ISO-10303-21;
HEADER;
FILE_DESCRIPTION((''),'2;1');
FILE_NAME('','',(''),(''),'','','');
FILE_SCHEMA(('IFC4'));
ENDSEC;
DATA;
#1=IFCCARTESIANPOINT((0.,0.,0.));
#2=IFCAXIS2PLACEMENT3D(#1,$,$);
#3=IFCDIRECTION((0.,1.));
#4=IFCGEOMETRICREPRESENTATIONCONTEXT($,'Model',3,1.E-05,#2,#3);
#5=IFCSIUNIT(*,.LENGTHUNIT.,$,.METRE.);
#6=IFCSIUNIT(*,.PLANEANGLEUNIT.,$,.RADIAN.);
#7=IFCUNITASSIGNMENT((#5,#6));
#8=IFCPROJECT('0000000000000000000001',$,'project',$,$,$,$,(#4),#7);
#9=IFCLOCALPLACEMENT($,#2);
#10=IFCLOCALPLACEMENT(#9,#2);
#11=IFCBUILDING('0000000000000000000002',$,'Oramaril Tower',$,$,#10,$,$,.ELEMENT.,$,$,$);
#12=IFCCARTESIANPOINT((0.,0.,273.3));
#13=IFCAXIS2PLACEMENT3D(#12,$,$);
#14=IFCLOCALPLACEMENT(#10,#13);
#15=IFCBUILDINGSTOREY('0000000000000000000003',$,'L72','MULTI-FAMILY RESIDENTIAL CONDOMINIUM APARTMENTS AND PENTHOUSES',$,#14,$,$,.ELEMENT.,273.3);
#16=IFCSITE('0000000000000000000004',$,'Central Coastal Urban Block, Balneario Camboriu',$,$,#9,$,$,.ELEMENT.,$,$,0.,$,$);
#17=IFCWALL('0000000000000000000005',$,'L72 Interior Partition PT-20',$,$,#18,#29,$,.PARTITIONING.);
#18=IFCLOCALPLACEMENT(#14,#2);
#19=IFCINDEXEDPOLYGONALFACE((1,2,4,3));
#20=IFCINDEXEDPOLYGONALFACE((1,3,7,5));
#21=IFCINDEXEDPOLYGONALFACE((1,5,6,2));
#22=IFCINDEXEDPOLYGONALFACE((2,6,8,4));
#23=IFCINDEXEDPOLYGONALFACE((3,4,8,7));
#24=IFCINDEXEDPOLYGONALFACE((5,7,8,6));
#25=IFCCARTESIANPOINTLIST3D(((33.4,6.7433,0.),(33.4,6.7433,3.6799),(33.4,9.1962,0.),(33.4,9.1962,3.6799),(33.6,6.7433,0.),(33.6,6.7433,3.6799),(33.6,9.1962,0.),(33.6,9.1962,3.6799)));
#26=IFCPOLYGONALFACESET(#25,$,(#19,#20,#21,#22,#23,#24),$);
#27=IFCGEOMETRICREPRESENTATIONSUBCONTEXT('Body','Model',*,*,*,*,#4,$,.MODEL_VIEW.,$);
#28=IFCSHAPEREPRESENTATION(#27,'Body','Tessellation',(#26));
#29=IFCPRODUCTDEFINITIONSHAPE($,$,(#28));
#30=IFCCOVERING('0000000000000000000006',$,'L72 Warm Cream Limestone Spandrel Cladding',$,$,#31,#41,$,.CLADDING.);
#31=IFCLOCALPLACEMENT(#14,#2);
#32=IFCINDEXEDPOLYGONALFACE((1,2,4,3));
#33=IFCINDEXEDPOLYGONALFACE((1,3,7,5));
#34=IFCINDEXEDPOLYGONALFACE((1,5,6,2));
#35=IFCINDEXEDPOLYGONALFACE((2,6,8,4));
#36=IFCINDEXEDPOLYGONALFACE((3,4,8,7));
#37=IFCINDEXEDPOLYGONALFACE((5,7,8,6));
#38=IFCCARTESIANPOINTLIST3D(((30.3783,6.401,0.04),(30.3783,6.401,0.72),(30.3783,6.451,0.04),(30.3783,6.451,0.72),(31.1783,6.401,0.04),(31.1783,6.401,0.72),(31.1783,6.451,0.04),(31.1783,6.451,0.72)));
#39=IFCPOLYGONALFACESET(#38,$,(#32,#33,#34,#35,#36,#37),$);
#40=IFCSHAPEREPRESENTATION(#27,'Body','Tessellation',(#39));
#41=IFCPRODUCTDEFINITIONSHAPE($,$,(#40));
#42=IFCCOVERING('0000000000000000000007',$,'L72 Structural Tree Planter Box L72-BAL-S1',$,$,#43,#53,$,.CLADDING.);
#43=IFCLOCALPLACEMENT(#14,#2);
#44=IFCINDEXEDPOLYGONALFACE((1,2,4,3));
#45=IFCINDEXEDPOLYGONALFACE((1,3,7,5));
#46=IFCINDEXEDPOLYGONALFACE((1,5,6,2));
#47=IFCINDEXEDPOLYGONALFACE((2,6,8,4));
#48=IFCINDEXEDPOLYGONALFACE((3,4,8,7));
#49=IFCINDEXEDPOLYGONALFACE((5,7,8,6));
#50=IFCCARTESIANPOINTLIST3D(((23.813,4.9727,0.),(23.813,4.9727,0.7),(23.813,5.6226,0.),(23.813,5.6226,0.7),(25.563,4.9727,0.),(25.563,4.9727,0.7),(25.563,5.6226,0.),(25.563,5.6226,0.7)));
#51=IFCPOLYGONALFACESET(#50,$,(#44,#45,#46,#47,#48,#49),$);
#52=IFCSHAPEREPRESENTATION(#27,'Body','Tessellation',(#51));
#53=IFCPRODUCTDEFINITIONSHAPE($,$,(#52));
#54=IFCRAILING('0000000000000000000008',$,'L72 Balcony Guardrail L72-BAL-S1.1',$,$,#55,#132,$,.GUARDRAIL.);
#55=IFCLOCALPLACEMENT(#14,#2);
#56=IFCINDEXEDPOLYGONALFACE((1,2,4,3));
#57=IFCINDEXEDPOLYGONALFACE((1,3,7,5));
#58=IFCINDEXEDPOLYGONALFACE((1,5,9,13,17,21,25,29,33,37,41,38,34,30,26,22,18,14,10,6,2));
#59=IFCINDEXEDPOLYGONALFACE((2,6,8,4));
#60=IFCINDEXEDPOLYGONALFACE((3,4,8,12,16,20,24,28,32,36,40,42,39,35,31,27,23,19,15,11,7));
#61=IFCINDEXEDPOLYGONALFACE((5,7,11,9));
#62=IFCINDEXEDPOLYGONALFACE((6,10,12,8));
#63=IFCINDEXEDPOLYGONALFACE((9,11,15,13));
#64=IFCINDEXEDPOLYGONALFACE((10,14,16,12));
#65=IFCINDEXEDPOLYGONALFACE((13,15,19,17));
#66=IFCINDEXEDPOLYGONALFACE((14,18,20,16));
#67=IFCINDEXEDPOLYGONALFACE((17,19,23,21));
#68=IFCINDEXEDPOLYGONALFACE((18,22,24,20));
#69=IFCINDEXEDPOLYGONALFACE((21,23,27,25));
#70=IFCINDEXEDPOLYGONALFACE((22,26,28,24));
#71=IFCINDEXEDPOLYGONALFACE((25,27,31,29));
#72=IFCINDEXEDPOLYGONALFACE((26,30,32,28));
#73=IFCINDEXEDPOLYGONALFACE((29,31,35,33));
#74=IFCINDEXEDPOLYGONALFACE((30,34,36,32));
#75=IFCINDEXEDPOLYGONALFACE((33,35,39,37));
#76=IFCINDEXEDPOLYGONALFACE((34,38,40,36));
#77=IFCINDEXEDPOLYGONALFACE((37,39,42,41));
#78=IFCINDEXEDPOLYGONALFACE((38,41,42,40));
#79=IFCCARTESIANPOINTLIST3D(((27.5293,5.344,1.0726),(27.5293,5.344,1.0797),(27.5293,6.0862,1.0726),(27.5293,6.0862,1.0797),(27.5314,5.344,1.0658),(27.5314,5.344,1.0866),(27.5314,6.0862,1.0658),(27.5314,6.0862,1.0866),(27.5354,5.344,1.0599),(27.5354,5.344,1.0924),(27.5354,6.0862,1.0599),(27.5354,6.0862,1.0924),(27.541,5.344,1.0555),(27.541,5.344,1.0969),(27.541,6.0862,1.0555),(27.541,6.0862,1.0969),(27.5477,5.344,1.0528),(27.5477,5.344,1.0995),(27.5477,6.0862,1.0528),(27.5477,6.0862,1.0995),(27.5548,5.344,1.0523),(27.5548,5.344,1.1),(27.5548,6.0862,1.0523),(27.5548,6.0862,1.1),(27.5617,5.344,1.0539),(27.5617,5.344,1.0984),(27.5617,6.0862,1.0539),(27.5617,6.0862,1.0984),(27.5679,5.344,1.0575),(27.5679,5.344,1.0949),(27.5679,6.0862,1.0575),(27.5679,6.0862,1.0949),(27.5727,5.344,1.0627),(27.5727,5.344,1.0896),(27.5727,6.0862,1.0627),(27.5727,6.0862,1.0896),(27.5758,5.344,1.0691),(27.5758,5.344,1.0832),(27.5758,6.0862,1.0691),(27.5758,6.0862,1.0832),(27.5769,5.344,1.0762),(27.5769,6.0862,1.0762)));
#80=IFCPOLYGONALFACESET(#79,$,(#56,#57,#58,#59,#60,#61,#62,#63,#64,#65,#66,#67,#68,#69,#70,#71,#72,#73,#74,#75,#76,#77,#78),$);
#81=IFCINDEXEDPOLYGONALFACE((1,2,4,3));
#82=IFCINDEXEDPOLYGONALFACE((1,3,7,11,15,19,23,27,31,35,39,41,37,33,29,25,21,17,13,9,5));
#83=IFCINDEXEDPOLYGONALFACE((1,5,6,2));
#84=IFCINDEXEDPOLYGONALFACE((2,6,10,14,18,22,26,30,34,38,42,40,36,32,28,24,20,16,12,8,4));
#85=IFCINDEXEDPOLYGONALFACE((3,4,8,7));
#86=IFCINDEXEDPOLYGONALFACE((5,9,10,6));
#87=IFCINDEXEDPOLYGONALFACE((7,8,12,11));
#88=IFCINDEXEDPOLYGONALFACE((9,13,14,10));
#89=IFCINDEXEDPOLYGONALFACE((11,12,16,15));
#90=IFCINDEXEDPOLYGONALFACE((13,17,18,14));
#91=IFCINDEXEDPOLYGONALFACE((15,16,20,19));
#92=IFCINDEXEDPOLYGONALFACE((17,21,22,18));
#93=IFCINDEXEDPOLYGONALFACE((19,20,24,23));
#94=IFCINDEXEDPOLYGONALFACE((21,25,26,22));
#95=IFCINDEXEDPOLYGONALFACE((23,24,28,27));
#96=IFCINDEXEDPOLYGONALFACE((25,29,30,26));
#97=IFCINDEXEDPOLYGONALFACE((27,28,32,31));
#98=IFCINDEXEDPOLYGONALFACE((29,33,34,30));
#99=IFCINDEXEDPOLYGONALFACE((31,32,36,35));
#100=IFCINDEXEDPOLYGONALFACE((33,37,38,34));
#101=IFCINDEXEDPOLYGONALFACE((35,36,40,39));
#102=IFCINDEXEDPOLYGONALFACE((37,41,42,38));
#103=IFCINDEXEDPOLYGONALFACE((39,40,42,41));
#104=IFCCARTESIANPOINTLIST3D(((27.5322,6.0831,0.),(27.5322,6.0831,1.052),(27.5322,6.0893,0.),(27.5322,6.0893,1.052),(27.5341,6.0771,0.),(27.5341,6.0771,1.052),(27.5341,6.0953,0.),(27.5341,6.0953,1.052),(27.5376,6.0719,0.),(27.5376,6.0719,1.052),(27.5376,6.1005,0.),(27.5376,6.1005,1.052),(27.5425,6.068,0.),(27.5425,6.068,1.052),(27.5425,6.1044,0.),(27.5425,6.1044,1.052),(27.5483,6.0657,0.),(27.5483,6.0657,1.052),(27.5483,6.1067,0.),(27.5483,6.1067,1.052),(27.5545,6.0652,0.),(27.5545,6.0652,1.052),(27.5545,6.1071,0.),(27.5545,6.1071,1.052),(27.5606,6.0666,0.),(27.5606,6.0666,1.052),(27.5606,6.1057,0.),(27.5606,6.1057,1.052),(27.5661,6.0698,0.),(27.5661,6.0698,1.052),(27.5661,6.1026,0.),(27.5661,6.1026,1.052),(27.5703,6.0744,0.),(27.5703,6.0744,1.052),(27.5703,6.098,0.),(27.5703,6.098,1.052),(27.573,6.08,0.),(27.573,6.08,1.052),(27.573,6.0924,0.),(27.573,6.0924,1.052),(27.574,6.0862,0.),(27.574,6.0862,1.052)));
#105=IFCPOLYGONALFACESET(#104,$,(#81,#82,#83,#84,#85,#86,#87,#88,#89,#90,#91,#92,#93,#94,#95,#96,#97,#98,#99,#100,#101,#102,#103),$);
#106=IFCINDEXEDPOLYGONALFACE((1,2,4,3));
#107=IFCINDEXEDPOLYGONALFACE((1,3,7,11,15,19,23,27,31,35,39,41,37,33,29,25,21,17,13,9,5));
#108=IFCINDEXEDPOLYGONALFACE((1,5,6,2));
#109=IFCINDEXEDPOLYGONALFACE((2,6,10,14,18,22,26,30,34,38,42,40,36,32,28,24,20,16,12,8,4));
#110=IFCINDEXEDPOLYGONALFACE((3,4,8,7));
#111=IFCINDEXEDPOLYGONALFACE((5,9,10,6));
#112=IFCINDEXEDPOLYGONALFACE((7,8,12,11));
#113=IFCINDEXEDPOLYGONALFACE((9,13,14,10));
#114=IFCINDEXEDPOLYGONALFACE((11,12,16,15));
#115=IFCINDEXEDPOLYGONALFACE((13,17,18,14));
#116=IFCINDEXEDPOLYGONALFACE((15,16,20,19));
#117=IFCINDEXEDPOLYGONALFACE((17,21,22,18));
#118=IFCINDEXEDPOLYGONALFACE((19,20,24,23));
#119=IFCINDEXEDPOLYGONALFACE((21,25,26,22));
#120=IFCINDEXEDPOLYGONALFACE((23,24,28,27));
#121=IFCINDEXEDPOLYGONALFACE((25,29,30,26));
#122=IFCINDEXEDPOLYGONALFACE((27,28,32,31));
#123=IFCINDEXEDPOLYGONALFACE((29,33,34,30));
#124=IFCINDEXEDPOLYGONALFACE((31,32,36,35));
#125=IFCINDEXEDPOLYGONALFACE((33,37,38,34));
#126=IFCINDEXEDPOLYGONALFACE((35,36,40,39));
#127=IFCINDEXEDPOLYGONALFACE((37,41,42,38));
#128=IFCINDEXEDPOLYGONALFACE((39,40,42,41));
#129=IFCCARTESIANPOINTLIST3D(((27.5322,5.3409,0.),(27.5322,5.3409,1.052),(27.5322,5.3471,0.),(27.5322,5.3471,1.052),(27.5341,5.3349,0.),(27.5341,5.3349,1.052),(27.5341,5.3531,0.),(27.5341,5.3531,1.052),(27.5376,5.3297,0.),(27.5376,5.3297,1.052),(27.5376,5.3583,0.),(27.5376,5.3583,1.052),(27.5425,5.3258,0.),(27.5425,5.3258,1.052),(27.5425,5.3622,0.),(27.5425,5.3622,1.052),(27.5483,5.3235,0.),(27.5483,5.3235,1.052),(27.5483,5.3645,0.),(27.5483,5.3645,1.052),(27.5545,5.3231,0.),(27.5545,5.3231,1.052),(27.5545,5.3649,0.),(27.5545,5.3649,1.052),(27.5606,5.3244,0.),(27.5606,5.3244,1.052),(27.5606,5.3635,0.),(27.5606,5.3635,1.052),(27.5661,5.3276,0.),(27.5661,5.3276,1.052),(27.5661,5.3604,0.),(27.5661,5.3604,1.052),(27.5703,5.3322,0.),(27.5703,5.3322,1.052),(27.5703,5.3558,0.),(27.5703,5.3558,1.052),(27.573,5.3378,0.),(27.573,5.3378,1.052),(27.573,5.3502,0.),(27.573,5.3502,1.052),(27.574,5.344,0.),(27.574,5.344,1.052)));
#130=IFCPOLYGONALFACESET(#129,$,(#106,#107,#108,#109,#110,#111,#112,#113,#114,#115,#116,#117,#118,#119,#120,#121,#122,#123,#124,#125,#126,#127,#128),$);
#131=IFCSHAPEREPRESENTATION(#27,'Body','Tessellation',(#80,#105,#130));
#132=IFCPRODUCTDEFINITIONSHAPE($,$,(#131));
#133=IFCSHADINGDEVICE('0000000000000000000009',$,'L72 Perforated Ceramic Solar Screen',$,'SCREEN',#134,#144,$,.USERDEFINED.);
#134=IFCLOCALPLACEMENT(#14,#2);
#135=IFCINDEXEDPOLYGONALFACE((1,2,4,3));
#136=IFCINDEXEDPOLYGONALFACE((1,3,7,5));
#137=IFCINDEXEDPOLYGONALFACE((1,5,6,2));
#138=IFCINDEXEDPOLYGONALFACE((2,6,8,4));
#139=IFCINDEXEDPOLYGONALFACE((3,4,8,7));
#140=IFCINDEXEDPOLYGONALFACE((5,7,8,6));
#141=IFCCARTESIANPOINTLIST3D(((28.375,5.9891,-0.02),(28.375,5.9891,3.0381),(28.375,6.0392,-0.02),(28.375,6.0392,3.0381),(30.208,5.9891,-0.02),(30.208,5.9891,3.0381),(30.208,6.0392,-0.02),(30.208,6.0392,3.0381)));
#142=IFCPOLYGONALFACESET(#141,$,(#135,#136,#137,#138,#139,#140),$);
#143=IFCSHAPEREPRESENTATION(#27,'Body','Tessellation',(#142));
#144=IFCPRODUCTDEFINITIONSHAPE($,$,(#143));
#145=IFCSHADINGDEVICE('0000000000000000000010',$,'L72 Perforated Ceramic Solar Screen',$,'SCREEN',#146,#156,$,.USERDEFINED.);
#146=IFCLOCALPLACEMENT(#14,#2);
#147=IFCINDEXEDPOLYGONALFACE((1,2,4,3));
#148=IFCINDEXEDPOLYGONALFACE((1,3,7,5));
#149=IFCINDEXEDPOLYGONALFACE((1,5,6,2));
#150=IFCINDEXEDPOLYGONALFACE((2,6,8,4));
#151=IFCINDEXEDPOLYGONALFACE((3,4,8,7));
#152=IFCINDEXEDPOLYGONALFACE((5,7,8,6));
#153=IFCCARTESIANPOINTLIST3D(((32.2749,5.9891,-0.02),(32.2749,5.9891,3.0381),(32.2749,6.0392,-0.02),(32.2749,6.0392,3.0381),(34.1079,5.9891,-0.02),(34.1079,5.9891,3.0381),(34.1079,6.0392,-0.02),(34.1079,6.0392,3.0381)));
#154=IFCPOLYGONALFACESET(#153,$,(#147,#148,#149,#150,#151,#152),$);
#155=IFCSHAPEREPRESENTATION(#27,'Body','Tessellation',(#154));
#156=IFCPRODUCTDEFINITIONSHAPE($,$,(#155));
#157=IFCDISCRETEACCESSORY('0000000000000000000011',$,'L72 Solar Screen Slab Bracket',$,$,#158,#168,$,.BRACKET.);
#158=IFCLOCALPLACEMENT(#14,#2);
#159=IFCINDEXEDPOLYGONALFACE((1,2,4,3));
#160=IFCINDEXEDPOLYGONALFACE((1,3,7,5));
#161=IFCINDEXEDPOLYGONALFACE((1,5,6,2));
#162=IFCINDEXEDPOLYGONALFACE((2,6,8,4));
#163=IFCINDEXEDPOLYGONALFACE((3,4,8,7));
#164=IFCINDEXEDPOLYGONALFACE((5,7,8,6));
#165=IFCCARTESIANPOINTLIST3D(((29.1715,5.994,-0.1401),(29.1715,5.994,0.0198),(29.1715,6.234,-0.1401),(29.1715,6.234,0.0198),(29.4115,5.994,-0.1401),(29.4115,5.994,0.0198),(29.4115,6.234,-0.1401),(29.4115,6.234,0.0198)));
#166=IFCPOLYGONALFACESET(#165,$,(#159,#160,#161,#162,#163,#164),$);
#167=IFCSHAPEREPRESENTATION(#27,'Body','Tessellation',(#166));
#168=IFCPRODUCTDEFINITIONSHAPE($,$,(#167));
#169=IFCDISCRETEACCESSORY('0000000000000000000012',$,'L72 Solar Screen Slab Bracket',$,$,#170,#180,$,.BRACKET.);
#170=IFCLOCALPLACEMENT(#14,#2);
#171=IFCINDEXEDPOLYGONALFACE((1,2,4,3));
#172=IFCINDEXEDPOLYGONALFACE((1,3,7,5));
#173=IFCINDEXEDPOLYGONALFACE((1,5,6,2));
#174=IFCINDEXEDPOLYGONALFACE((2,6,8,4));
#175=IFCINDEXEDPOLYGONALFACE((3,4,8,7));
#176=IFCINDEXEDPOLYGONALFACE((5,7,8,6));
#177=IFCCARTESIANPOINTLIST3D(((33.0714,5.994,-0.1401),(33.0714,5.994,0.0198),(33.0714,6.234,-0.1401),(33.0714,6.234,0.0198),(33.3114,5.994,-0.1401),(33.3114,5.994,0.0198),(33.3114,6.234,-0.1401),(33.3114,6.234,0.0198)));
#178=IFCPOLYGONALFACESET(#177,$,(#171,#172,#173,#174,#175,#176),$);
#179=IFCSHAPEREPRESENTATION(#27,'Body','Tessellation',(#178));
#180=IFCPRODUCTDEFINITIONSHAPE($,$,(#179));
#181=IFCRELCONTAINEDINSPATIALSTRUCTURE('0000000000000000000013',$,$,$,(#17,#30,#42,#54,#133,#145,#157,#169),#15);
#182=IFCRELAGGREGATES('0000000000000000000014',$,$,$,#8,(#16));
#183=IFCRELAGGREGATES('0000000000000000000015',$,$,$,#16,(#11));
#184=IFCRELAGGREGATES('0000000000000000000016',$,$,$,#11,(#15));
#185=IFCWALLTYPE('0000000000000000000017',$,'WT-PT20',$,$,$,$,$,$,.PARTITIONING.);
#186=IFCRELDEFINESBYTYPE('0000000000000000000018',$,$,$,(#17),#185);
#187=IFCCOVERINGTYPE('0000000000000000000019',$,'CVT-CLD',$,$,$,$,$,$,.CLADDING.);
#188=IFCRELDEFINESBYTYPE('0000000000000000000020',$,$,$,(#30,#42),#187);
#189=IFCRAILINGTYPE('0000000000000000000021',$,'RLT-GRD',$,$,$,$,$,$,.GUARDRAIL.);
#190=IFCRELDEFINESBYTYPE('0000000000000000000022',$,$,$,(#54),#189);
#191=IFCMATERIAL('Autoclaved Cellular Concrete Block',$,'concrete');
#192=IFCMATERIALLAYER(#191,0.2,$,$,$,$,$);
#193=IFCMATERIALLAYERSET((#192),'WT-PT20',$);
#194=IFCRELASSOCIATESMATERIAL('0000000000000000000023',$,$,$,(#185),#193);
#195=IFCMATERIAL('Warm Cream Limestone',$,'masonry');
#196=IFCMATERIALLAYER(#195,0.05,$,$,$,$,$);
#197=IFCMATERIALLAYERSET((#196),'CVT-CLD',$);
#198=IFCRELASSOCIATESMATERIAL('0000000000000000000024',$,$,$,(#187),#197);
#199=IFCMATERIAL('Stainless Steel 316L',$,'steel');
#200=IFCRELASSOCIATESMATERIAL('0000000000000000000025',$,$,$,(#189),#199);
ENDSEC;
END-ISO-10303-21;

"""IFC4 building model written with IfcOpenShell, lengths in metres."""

from ifc_helpers import new_model, si_unit, direction, frame, frame_2d, origin, origin_2d, place, context, subcontext, project, spatial, rectangle, circle, extrude, material, layer, layer_set, type_object, element, save


model = new_model("IFC4")

# Units and contexts
model_context = context("Model", 3, precision=1e-05, world=origin(), true_north=direction((0.0, 1.0)))
body_context = subcontext(model_context, "Body", "Model", "MODEL_VIEW")
ifc_project = project(units=[si_unit("LENGTHUNIT", "METRE"), si_unit("PLANEANGLEUNIT", "RADIAN")], contexts=[model_context])

# Site, building, storey
site_placement = place(None, origin())
site = spatial("IfcSite", under=ifc_project, at=site_placement, Name="Central Coastal Urban Block, Balneario Camboriu", CompositionType="ELEMENT", RefElevation=0.0)
building_placement = place(site_placement, origin())
building = spatial("IfcBuilding", under=site, at=building_placement, Name="Oramaril Tower", CompositionType="ELEMENT")
storey_placement = place(building_placement, frame((0.0, 0.0, 273.3)))
storey = spatial("IfcBuildingStorey", under=building, at=storey_placement, Name="L72", Description="MULTI-FAMILY RESIDENTIAL CONDOMINIUM APARTMENTS AND PENTHOUSES", CompositionType="ELEMENT", Elevation=273.3)

# Shared definitions
ifc_material_1 = material(Name="Autoclaved Cellular Concrete Block", Category="concrete")
ifc_layer_1 = layer(ifc_material_1, 0.2)
ifc_layer_set_1 = layer_set([ifc_layer_1], Name="WT-PT20")
wall_type_1 = type_object("IfcWallType", Name="WT-PT20", PredefinedType="PARTITIONING", material=ifc_layer_set_1)

# Wall
wall_1_placement = place(storey_placement, frame((33.5, 6.7432, 0.0), z_axis=(0.0, 0.0, 1.0), x_axis=(0.0, 1.0, 0.0)))
element("IfcWall", 1, at=wall_1_placement, inside=storey, type_object=wall_type_1, Name="L72 Interior Partition PT-20", PredefinedType="PARTITIONING", context=body_context, shape_type="SweptSolid", body=[
    extrude(rectangle(XDim=2.4529, YDim=0.2, at=frame_2d((1.2266, 0.0))), origin(), (0.0, 0.0, 1.0), 3.6799),
])

# Coverings
ifc_material_2 = material(Name="Warm Cream Limestone", Category="masonry")
ifc_layer_2 = layer(ifc_material_2, 0.05)
ifc_layer_set_2 = layer_set([ifc_layer_2], Name="CVT-CLD")
covering_type = type_object("IfcCoveringType", Name="CVT-CLD", PredefinedType="CLADDING", material=ifc_layer_set_2)
covering_1_placement = place(storey_placement, frame((30.7783, 6.426, 0.04), z_axis=(0.0, 0.0, 1.0), x_axis=(1.0, 0.0, 0.0)))
element("IfcCovering", 2, at=covering_1_placement, inside=storey, type_object=covering_type, Name="L72 Warm Cream Limestone Spandrel Cladding", PredefinedType="CLADDING", context=body_context, shape_type="SweptSolid", body=[
    extrude(rectangle(XDim=0.8, YDim=0.05, at=origin_2d()), origin(), (0.0, 0.0, 1.0), 0.6799),
])
covering_2_placement = place(storey_placement, frame((24.688, 5.2976, 0.0), z_axis=(0.0, 0.0, 1.0), x_axis=(1.0, 0.0, 0.0)))
element("IfcCovering", 3, at=covering_2_placement, inside=storey, type_object=covering_type, Name="L72 Structural Tree Planter Box L72-BAL-S1", PredefinedType="CLADDING", context=body_context, shape_type="SweptSolid", body=[
    extrude(rectangle(XDim=1.75, YDim=0.6499, at=origin_2d()), origin(), (0.0, 0.0, 1.0), 0.7),
])

# Railing
ifc_material_3 = material(Name="Stainless Steel 316L", Category="steel")
railing_type = type_object("IfcRailingType", Name="RLT-GRD", PredefinedType="GUARDRAIL", material=ifc_material_3)
railing_1_placement = place(storey_placement, frame((27.553, 6.0862, 0.0)))
element("IfcRailing", 4, at=railing_1_placement, inside=storey, type_object=railing_type, Name="L72 Balcony Guardrail L72-BAL-S1.1", PredefinedType="GUARDRAIL", context=body_context, shape_type="SweptSolid", body=[
    extrude(circle(Radius=0.0239, at=origin_2d()), frame((0.0, 0.0, 1.0762), z_axis=(0.0, -1.0, 0.0), x_axis=(1.0, 0.0, 0.0)), (0.0, 0.0, 1.0), 0.7422),
    extrude(circle(Radius=0.021, at=origin_2d()), origin(), (0.0, 0.0, 1.0), 1.052),
    extrude(circle(Radius=0.021, at=origin_2d()), frame((0.0, -0.7422, 0.0)), (0.0, 0.0, 1.0), 1.052),
])

# Shading devices
for number, where, z_axis, x_axis, name in (
    (5, (29.2915, 6.0142, -0.02), (0.0, 0.0, 1.0), (1.0, 0.0, 0.0), "L72 Perforated Ceramic Solar Screen"),
    (6, (33.1914, 6.0142, -0.02), (0.0, 0.0, 1.0), (1.0, 0.0, 0.0), "L72 Perforated Ceramic Solar Screen"),
):
    element("IfcShadingDevice", number, at=place(storey_placement, frame(where, z_axis=z_axis, x_axis=x_axis)), inside=storey, Name=name, ObjectType="SCREEN", PredefinedType="USERDEFINED", context=body_context, shape_type="SweptSolid", body=[
        extrude(rectangle(XDim=1.833, YDim=0.05, at=origin_2d()), origin(), (0.0, 0.0, 1.0), 3.0581),
    ])

# Discrete accessories
for number, where, z_axis, x_axis, name in (
    (7, (29.2915, 6.114, -0.1401), (0.0, 0.0, 1.0), (1.0, 0.0, 0.0), "L72 Solar Screen Slab Bracket"),
    (8, (33.1914, 6.114, -0.1401), (0.0, 0.0, 1.0), (1.0, 0.0, 0.0), "L72 Solar Screen Slab Bracket"),
):
    element("IfcDiscreteAccessory", number, at=place(storey_placement, frame(where, z_axis=z_axis, x_axis=x_axis)), inside=storey, Name=name, PredefinedType="BRACKET", context=body_context, shape_type="SweptSolid", body=[
        extrude(rectangle(XDim=0.24, YDim=0.24, at=origin_2d()), origin(), (0.0, 0.0, 1.0), 0.1599),
    ])

save(model, "model.ifc")
